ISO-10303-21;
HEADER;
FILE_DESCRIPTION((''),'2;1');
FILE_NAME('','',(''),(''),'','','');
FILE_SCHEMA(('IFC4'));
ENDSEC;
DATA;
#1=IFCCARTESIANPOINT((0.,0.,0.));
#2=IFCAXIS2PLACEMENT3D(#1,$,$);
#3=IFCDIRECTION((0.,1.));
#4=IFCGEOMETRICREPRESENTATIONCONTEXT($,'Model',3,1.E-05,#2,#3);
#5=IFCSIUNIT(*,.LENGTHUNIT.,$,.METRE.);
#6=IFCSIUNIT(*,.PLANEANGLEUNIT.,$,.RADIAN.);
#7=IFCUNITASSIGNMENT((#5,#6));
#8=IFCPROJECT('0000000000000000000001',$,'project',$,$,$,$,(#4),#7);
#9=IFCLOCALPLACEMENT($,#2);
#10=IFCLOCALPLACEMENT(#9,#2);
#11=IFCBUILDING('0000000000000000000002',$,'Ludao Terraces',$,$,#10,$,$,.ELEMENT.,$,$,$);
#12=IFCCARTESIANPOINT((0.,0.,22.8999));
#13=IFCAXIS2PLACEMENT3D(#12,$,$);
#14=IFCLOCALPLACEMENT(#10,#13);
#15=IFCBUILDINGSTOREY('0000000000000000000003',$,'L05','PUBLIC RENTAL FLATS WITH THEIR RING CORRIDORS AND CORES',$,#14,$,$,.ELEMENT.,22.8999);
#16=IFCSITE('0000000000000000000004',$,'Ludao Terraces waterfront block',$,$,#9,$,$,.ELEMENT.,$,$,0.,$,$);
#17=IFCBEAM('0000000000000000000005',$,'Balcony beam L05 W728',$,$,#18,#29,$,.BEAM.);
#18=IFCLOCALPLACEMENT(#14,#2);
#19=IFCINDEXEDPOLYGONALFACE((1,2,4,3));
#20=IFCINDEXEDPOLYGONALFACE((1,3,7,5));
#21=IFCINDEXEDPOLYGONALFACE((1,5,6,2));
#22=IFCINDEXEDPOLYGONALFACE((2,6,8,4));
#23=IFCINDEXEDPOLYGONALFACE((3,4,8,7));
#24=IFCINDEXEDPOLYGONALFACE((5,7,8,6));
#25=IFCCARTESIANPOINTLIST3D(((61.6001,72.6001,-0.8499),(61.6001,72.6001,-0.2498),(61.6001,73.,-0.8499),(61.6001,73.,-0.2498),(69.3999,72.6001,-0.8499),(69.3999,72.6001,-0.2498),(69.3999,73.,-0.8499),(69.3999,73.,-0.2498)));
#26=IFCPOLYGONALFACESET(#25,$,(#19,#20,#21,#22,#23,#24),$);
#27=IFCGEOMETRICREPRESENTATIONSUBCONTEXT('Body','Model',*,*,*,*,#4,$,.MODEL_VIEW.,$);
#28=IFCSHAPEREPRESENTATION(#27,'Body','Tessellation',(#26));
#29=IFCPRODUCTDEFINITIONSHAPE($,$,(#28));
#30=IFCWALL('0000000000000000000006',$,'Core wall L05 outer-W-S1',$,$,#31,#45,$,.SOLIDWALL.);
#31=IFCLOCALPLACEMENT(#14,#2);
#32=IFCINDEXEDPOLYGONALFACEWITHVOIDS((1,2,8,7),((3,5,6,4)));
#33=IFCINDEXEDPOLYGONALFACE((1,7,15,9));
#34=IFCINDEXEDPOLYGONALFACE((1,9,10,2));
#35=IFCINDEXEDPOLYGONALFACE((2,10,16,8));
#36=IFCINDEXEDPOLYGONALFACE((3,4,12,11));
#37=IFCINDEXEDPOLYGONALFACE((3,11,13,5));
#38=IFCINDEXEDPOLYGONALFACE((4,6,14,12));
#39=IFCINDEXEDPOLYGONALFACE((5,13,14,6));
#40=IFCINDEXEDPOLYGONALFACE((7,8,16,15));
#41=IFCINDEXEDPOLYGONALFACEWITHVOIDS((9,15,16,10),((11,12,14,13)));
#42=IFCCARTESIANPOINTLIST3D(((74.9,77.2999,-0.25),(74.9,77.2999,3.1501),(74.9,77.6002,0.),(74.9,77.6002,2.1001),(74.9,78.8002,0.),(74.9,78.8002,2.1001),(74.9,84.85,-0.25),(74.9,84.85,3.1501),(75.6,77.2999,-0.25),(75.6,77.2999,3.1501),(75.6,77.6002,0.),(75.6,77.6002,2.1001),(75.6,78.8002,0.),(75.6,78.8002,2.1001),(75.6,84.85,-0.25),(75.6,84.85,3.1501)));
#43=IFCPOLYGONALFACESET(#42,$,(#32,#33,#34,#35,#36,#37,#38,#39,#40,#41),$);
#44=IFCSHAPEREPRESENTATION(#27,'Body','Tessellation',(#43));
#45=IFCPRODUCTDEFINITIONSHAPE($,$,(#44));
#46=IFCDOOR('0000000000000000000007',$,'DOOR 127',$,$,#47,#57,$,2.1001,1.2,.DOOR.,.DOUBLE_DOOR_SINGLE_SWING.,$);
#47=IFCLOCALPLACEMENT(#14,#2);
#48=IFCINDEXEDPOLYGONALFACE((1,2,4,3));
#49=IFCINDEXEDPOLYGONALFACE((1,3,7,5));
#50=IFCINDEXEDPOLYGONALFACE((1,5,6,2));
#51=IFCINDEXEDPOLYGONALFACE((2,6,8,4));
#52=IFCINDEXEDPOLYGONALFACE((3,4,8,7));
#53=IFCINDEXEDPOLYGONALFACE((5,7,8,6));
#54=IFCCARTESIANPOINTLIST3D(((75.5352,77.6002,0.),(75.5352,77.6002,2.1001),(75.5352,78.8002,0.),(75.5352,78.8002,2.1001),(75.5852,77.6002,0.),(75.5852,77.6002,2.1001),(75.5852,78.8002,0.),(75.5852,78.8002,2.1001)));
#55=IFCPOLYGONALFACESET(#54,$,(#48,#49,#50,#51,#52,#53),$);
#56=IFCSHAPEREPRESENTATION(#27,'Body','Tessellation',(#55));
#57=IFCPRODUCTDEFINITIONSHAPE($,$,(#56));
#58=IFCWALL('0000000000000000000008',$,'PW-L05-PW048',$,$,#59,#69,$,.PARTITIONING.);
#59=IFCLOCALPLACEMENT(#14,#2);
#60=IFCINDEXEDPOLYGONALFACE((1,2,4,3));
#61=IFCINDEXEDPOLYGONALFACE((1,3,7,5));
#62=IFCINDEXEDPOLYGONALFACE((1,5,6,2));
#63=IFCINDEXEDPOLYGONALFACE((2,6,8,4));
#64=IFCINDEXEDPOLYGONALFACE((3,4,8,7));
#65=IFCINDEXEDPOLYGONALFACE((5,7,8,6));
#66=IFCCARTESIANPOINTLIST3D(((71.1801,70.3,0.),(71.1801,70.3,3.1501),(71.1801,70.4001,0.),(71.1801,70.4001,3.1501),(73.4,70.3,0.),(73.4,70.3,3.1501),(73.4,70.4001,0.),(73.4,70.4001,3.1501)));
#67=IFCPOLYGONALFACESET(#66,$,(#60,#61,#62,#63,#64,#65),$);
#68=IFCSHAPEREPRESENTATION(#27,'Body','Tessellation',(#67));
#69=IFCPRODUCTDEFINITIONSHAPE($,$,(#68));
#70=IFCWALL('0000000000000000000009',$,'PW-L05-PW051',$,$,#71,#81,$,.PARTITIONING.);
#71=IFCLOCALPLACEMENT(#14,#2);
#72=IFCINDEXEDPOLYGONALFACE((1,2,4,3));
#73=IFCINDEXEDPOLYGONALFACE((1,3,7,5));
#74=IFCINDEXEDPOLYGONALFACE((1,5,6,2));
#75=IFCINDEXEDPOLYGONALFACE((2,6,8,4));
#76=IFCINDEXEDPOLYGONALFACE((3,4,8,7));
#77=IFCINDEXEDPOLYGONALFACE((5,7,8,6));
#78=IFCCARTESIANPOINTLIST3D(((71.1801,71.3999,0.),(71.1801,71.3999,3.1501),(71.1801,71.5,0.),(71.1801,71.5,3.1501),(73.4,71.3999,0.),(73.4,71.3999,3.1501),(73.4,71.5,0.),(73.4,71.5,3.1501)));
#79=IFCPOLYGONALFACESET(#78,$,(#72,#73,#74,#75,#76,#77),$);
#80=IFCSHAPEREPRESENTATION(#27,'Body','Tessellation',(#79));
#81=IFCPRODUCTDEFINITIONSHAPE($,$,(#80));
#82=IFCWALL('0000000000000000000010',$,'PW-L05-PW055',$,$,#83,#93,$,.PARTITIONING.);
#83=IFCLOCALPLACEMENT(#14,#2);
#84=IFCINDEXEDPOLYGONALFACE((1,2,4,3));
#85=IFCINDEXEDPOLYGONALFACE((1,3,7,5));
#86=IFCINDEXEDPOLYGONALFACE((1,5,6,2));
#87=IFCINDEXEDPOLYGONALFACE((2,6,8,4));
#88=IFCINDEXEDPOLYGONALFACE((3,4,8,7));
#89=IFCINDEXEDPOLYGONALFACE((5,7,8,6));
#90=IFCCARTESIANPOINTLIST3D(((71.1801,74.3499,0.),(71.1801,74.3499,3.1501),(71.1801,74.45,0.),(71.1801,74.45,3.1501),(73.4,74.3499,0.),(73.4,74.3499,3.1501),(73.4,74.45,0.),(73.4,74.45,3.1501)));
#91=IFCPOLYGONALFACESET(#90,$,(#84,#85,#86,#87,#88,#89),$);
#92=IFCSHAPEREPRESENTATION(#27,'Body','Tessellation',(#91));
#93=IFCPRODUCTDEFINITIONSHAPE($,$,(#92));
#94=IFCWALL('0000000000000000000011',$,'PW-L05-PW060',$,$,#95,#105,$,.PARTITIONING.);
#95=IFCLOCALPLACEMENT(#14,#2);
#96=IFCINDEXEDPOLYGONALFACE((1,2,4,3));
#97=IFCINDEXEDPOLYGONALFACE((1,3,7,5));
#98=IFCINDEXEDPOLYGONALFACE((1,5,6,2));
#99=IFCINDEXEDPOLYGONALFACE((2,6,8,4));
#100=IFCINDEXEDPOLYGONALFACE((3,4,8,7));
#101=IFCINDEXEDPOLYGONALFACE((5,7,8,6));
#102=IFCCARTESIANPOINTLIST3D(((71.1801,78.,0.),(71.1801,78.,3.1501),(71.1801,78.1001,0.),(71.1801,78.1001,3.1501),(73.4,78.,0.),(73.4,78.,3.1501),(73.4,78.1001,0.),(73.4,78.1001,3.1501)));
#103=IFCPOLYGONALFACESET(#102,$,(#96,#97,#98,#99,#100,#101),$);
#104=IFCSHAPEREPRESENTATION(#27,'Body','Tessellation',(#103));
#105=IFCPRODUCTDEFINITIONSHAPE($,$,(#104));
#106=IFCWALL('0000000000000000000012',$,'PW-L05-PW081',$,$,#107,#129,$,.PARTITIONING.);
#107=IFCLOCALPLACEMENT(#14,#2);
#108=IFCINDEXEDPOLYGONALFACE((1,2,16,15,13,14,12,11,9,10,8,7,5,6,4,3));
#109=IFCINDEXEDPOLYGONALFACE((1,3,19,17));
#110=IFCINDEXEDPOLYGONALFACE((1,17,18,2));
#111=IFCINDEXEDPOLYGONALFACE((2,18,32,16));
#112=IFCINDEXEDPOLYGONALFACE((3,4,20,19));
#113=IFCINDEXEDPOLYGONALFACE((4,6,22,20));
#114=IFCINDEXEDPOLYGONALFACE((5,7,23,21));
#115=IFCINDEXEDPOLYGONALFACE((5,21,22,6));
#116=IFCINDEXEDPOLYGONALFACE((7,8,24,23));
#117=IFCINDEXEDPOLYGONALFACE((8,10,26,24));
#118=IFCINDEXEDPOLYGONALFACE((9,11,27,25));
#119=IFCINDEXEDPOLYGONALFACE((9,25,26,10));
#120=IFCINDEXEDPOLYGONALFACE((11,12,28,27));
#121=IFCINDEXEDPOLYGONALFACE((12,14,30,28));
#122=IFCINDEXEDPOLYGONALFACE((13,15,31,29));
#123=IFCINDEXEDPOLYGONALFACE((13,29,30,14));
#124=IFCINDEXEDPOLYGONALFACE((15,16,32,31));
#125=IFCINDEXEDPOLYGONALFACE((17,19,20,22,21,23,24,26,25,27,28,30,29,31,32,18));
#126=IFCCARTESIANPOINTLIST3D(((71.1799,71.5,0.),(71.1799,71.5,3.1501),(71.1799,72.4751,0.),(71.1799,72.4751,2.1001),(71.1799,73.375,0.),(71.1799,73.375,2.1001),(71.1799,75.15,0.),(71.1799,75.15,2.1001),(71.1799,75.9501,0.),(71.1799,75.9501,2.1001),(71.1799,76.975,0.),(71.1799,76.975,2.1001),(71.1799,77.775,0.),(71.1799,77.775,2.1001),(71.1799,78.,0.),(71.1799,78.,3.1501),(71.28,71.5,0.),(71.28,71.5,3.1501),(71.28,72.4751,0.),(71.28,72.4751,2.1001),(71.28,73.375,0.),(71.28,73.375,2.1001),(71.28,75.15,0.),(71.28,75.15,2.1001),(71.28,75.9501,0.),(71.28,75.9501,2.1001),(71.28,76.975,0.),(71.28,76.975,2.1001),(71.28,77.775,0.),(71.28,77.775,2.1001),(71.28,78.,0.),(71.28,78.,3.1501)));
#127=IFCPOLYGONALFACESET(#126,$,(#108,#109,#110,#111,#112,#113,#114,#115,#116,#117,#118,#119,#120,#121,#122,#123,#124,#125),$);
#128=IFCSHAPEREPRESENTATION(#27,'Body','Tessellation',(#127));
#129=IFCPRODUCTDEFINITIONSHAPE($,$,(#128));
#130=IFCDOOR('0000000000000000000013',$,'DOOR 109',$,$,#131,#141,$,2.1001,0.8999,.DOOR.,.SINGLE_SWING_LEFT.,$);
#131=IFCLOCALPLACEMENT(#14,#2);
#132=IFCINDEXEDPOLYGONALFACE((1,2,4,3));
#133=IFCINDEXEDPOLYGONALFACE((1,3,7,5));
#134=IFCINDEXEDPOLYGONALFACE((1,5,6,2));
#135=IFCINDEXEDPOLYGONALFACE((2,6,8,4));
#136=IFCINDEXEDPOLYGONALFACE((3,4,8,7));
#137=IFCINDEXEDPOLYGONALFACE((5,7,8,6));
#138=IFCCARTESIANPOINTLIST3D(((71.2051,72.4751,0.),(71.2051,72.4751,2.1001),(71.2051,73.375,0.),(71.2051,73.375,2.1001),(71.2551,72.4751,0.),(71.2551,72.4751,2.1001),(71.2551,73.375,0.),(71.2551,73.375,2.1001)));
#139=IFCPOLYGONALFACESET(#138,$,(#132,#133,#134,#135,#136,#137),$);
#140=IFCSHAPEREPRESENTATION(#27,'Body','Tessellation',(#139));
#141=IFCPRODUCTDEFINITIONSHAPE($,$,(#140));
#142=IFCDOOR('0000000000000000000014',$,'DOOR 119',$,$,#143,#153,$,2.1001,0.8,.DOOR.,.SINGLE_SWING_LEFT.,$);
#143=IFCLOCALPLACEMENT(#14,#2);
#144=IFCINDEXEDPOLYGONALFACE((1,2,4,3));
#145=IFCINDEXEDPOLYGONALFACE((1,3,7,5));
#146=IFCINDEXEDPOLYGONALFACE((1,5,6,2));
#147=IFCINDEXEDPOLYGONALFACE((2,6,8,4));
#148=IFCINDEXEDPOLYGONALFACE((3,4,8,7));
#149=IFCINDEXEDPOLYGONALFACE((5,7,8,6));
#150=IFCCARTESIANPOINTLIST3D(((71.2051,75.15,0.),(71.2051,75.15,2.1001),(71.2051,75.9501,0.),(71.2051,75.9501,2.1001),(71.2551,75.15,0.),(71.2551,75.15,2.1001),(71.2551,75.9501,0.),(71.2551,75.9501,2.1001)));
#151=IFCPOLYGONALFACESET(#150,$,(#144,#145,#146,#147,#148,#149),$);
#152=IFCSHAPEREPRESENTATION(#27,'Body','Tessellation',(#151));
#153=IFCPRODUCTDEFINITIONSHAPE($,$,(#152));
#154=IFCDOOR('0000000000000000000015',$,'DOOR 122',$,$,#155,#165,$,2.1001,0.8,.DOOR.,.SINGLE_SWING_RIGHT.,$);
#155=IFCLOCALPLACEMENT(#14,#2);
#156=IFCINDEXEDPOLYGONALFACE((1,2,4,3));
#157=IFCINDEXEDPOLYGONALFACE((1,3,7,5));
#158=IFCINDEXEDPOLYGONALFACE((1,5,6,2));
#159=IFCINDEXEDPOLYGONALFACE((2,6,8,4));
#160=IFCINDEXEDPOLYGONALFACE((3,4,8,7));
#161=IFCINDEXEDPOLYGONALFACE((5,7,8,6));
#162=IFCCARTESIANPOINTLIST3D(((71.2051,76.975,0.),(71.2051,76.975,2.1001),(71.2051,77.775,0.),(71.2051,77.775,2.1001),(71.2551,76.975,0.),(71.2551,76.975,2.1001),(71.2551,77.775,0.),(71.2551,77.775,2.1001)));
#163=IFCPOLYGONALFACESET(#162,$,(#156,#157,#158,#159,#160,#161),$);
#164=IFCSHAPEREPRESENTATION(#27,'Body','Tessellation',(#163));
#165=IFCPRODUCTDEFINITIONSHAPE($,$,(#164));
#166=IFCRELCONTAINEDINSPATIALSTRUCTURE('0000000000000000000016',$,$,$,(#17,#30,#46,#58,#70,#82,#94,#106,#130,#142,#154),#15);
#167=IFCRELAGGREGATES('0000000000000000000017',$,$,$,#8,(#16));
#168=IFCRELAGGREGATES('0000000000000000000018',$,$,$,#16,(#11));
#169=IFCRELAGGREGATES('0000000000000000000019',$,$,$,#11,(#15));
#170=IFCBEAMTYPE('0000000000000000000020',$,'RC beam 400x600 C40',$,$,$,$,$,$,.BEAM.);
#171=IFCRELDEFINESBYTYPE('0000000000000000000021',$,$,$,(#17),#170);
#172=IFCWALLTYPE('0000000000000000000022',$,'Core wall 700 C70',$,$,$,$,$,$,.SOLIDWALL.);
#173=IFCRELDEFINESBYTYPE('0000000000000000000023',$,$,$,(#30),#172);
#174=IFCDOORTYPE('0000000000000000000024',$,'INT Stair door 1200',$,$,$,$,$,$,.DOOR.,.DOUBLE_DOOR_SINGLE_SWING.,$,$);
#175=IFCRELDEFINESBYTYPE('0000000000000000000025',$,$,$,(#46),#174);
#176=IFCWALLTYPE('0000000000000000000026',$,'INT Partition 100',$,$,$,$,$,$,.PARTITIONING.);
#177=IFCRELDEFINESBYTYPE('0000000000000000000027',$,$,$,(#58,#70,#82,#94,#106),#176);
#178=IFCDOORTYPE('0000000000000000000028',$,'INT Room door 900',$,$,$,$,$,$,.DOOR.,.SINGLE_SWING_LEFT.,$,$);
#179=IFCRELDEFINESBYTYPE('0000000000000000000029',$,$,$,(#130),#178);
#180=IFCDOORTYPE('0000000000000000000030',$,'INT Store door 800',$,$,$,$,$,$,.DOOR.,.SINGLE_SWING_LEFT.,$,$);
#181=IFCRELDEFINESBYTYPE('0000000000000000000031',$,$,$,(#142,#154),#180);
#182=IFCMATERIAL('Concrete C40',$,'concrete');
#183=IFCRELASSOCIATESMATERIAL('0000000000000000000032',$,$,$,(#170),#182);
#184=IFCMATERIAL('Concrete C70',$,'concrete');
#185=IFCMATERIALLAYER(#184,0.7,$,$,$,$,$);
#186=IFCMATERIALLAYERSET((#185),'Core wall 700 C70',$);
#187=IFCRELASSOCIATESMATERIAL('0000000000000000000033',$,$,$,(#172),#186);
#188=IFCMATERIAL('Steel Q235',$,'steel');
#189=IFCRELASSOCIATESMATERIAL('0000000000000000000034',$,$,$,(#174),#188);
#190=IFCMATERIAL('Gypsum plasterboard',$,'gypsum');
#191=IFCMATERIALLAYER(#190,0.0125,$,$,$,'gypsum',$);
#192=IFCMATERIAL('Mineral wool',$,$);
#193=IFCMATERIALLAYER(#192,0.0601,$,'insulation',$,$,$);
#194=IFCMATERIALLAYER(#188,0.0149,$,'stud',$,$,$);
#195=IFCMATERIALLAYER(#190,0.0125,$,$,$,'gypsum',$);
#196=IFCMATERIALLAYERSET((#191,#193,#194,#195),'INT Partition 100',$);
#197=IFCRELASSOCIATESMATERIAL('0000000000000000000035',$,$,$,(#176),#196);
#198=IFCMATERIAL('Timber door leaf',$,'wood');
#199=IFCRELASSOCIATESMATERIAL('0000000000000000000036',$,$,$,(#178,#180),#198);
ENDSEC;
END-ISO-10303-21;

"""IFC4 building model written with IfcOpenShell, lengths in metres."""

from ifc_helpers import new_model, si_unit, direction, frame, frame_2d, origin, origin_2d, place, context, subcontext, project, spatial, rectangle, extrude, material, layer, layer_set, material_profile, profile_set, type_object, element, fill, save


model = new_model("IFC4")

# Units and contexts
model_context = context("Model", 3, precision=1e-05, world=origin(), true_north=direction((0.0, 1.0)))
body_context = subcontext(model_context, "Body", "Model", "MODEL_VIEW")
ifc_project = project(units=[si_unit("LENGTHUNIT", "METRE"), si_unit("PLANEANGLEUNIT", "RADIAN")], contexts=[model_context])

# Site, building, storey
site_placement = place(None, origin())
site = spatial("IfcSite", under=ifc_project, at=site_placement, Name="Ludao Terraces waterfront block", CompositionType="ELEMENT", RefElevation=0.0)
building_placement = place(site_placement, origin())
building = spatial("IfcBuilding", under=site, at=building_placement, Name="Ludao Terraces", CompositionType="ELEMENT")
storey_placement = place(building_placement, frame((0.0, 0.0, 22.8999)))
storey = spatial("IfcBuildingStorey", under=building, at=storey_placement, Name="L05", Description="PUBLIC RENTAL FLATS WITH THEIR RING CORRIDORS AND CORES", CompositionType="ELEMENT", Elevation=22.8999)

# Beam
ifc_material_1 = material(Name="Concrete C40", Category="concrete")
ifc_material_profile = material_profile(ifc_material_1, rectangle(XDim=0.3999, YDim=0.6001, at=origin_2d()), Name="400 X 600")
ifc_profile_set = profile_set([ifc_material_profile], Name="Concrete C40")
beam_type = type_object("IfcBeamType", Name="RC beam 400x600 C40", PredefinedType="BEAM", material=ifc_profile_set)
beam_placement = place(storey_placement, frame((69.3999, 72.8, -0.5498), z_axis=(-1.0, 0.0, 0.0), x_axis=(0.0, -1.0, 0.0)))
element("IfcBeam", 1, at=beam_placement, inside=storey, type_object=beam_type, Name="Balcony beam L05 W728", PredefinedType="BEAM", context=body_context, shape_type="SweptSolid", body=[
    extrude(rectangle(XDim=0.3999, YDim=0.6001, at=origin_2d()), origin(), (0.0, 0.0, 1.0), 7.7998),
])

# Wall, opening, door
ifc_material_2 = material(Name="Concrete C70", Category="concrete")
ifc_layer_1 = layer(ifc_material_2, 0.7)
ifc_layer_set_1 = layer_set([ifc_layer_1], Name="Core wall 700 C70")
wall_type_1 = type_object("IfcWallType", Name="Core wall 700 C70", PredefinedType="SOLIDWALL", material=ifc_layer_set_1)
wall_1_placement = place(storey_placement, frame((75.25, 77.3, -0.25), z_axis=(0.0, 0.0, 1.0), x_axis=(0.0, 1.0, 0.0)))
wall_1 = element("IfcWall", 2, at=wall_1_placement, inside=storey, type_object=wall_type_1, Name="Core wall L05 outer-W-S1", PredefinedType="SOLIDWALL", context=body_context, shape_type="SweptSolid", body=[
    extrude(rectangle(XDim=7.55, YDim=0.7, at=frame_2d((3.7749, 0.0))), origin(), (0.0, 0.0, 1.0), 3.4001),
])
opening_1_placement = place(wall_1_placement, frame((0.3, 0.0, 0.25)))
opening_1 = element("IfcOpeningElement", 3, at=opening_1_placement, cuts=wall_1, PredefinedType="OPENING", context=body_context, shape_type="SweptSolid", body=[
    extrude(rectangle(XDim=1.2, YDim=2.1001, at=frame_2d((0.6001, 1.05))), frame((0.0, 0.3599, 0.0), z_axis=(0.0, -1.0, 0.0), x_axis=(1.0, 0.0, 0.0)), (0.0, 0.0, 1.0), 0.72),
])
ifc_material_3 = material(Name="Steel Q235", Category="steel")
door_type_1 = type_object("IfcDoorType", Name="INT Stair door 1200", OperationType="DOUBLE_DOOR_SINGLE_SWING", PredefinedType="DOOR", material=ifc_material_3)
door_1_placement = place(opening_1_placement, origin())
door_1 = element("IfcDoor", 4, at=door_1_placement, inside=storey, type_object=door_type_1, Name="DOOR 127", OperationType="DOUBLE_DOOR_SINGLE_SWING", OverallHeight=2.1001, OverallWidth=1.2, PredefinedType="DOOR", context=body_context, shape_type="SweptSolid", body=[
    extrude(rectangle(XDim=1.2, YDim=2.1001, at=frame_2d((0.6001, 1.05))), frame((0.0, -0.2852, 0.0), z_axis=(0.0, -1.0, 0.0), x_axis=(1.0, 0.0, 0.0)), (0.0, 0.0, 1.0), 0.05),
])
fill(opening_1, door_1)

# Walls
ifc_material_4 = material(Name="Gypsum plasterboard", Category="gypsum")
ifc_layer_2 = layer(ifc_material_4, 0.0125, Category="gypsum")
ifc_material_5 = material(Name="Mineral wool")
ifc_layer_3 = layer(ifc_material_5, 0.0601, Name="insulation")
ifc_layer_4 = layer(ifc_material_3, 0.0149, Name="stud")
ifc_layer_5 = layer(ifc_material_4, 0.0125, Category="gypsum")
ifc_layer_set_2 = layer_set([ifc_layer_2, ifc_layer_3, ifc_layer_4, ifc_layer_5], Name="INT Partition 100")
wall_type_2 = type_object("IfcWallType", Name="INT Partition 100", PredefinedType="PARTITIONING", material=ifc_layer_set_2)
for number, where, z_axis, x_axis, name in (
    (5, (71.1802, 70.3501, 0.0), (0.0, 0.0, 1.0), (1.0, 0.0, 0.0), "PW-L05-PW048"),
    (6, (71.1802, 71.45, 0.0), (0.0, 0.0, 1.0), (1.0, 0.0, 0.0), "PW-L05-PW051"),
    (7, (71.1802, 74.3999, 0.0), (0.0, 0.0, 1.0), (1.0, 0.0, 0.0), "PW-L05-PW055"),
    (8, (71.1802, 78.05, 0.0), (0.0, 0.0, 1.0), (1.0, 0.0, 0.0), "PW-L05-PW060"),
):
    element("IfcWall", number, at=place(storey_placement, frame(where, z_axis=z_axis, x_axis=x_axis)), inside=storey, type_object=wall_type_2, Name=name, PredefinedType="PARTITIONING", context=body_context, shape_type="SweptSolid", body=[
        extrude(rectangle(XDim=2.22, YDim=0.1001, at=frame_2d((1.1099, 0.0))), origin(), (0.0, 0.0, 1.0), 3.1501),
    ])

# Wall, openings, doors
wall_2_placement = place(storey_placement, frame((71.23, 71.5, 0.0), z_axis=(0.0, 0.0, 1.0), x_axis=(0.0, 1.0, 0.0)))
wall_2 = element("IfcWall", 9, at=wall_2_placement, inside=storey, type_object=wall_type_2, Name="PW-L05-PW081", PredefinedType="PARTITIONING", context=body_context, shape_type="SweptSolid", body=[
    extrude(rectangle(XDim=6.5, YDim=0.1001, at=frame_2d((3.25, 0.0))), origin(), (0.0, 0.0, 1.0), 3.1501),
])
opening_2_placement = place(wall_2_placement, frame((0.9751, 0.0, 0.0)))
opening_2 = element("IfcOpeningElement", 10, at=opening_2_placement, cuts=wall_2, PredefinedType="OPENING", context=body_context, shape_type="SweptSolid", body=[
    extrude(rectangle(XDim=0.8999, YDim=2.1001, at=frame_2d((0.45, 1.05))), frame((0.0, 0.0601, 0.0), z_axis=(0.0, -1.0, 0.0), x_axis=(1.0, 0.0, 0.0)), (0.0, 0.0, 1.0), 0.1201),
])
opening_3_placement = place(wall_2_placement, frame((3.6501, 0.0, 0.0)))
opening_3 = element("IfcOpeningElement", 11, at=opening_3_placement, cuts=wall_2, PredefinedType="OPENING", context=body_context, shape_type="SweptSolid", body=[
    extrude(rectangle(XDim=0.8, YDim=2.1001, at=frame_2d((0.3999, 1.05))), frame((0.0, 0.0601, 0.0), z_axis=(0.0, -1.0, 0.0), x_axis=(1.0, 0.0, 0.0)), (0.0, 0.0, 1.0), 0.1201),
])
opening_4_placement = place(wall_2_placement, frame((5.4751, 0.0, 0.0)))
opening_4 = element("IfcOpeningElement", 12, at=opening_4_placement, cuts=wall_2, PredefinedType="OPENING", context=body_context, shape_type="SweptSolid", body=[
    extrude(rectangle(XDim=0.8, YDim=2.1001, at=frame_2d((0.3999, 1.05))), frame((0.0, 0.0601, 0.0), z_axis=(0.0, -1.0, 0.0), x_axis=(1.0, 0.0, 0.0)), (0.0, 0.0, 1.0), 0.1201),
])
ifc_material_6 = material(Name="Timber door leaf", Category="wood")
door_type_2 = type_object("IfcDoorType", Name="INT Room door 900", OperationType="SINGLE_SWING_LEFT", PredefinedType="DOOR", material=ifc_material_6)
door_2_placement = place(opening_2_placement, origin())
door_2 = element("IfcDoor", 13, at=door_2_placement, inside=storey, type_object=door_type_2, Name="DOOR 109", OperationType="SINGLE_SWING_LEFT", OverallHeight=2.1001, OverallWidth=0.8999, PredefinedType="DOOR", context=body_context, shape_type="SweptSolid", body=[
    extrude(rectangle(XDim=0.8999, YDim=2.1001, at=frame_2d((0.45, 1.05))), frame((0.0, 0.0249, 0.0), z_axis=(0.0, -1.0, 0.0), x_axis=(1.0, 0.0, 0.0)), (0.0, 0.0, 1.0), 0.05),
])
fill(opening_2, door_2)
door_type_3 = type_object("IfcDoorType", Name="INT Store door 800", OperationType="SINGLE_SWING_LEFT", PredefinedType="DOOR", material=ifc_material_6)
door_3_placement = place(opening_3_placement, origin())
door_3 = element("IfcDoor", 14, at=door_3_placement, inside=storey, type_object=door_type_3, Name="DOOR 119", OperationType="SINGLE_SWING_LEFT", OverallHeight=2.1001, OverallWidth=0.8, PredefinedType="DOOR", context=body_context, shape_type="SweptSolid", body=[
    extrude(rectangle(XDim=0.8, YDim=2.1001, at=frame_2d((0.3999, 1.05))), frame((0.0, 0.0249, 0.0), z_axis=(0.0, -1.0, 0.0), x_axis=(1.0, 0.0, 0.0)), (0.0, 0.0, 1.0), 0.05),
])
fill(opening_3, door_3)
door_4_placement = place(opening_4_placement, origin())
door_4 = element("IfcDoor", 15, at=door_4_placement, inside=storey, type_object=door_type_3, Name="DOOR 122", OperationType="SINGLE_SWING_RIGHT", OverallHeight=2.1001, OverallWidth=0.8, PredefinedType="DOOR", context=body_context, shape_type="SweptSolid", body=[
    extrude(rectangle(XDim=0.8, YDim=2.1001, at=frame_2d((0.3999, 1.05))), frame((0.0, 0.0249, 0.0), z_axis=(0.0, -1.0, 0.0), x_axis=(1.0, 0.0, 0.0)), (0.0, 0.0, 1.0), 0.05),
])
fill(opening_4, door_4)

save(model, "model.ifc")
